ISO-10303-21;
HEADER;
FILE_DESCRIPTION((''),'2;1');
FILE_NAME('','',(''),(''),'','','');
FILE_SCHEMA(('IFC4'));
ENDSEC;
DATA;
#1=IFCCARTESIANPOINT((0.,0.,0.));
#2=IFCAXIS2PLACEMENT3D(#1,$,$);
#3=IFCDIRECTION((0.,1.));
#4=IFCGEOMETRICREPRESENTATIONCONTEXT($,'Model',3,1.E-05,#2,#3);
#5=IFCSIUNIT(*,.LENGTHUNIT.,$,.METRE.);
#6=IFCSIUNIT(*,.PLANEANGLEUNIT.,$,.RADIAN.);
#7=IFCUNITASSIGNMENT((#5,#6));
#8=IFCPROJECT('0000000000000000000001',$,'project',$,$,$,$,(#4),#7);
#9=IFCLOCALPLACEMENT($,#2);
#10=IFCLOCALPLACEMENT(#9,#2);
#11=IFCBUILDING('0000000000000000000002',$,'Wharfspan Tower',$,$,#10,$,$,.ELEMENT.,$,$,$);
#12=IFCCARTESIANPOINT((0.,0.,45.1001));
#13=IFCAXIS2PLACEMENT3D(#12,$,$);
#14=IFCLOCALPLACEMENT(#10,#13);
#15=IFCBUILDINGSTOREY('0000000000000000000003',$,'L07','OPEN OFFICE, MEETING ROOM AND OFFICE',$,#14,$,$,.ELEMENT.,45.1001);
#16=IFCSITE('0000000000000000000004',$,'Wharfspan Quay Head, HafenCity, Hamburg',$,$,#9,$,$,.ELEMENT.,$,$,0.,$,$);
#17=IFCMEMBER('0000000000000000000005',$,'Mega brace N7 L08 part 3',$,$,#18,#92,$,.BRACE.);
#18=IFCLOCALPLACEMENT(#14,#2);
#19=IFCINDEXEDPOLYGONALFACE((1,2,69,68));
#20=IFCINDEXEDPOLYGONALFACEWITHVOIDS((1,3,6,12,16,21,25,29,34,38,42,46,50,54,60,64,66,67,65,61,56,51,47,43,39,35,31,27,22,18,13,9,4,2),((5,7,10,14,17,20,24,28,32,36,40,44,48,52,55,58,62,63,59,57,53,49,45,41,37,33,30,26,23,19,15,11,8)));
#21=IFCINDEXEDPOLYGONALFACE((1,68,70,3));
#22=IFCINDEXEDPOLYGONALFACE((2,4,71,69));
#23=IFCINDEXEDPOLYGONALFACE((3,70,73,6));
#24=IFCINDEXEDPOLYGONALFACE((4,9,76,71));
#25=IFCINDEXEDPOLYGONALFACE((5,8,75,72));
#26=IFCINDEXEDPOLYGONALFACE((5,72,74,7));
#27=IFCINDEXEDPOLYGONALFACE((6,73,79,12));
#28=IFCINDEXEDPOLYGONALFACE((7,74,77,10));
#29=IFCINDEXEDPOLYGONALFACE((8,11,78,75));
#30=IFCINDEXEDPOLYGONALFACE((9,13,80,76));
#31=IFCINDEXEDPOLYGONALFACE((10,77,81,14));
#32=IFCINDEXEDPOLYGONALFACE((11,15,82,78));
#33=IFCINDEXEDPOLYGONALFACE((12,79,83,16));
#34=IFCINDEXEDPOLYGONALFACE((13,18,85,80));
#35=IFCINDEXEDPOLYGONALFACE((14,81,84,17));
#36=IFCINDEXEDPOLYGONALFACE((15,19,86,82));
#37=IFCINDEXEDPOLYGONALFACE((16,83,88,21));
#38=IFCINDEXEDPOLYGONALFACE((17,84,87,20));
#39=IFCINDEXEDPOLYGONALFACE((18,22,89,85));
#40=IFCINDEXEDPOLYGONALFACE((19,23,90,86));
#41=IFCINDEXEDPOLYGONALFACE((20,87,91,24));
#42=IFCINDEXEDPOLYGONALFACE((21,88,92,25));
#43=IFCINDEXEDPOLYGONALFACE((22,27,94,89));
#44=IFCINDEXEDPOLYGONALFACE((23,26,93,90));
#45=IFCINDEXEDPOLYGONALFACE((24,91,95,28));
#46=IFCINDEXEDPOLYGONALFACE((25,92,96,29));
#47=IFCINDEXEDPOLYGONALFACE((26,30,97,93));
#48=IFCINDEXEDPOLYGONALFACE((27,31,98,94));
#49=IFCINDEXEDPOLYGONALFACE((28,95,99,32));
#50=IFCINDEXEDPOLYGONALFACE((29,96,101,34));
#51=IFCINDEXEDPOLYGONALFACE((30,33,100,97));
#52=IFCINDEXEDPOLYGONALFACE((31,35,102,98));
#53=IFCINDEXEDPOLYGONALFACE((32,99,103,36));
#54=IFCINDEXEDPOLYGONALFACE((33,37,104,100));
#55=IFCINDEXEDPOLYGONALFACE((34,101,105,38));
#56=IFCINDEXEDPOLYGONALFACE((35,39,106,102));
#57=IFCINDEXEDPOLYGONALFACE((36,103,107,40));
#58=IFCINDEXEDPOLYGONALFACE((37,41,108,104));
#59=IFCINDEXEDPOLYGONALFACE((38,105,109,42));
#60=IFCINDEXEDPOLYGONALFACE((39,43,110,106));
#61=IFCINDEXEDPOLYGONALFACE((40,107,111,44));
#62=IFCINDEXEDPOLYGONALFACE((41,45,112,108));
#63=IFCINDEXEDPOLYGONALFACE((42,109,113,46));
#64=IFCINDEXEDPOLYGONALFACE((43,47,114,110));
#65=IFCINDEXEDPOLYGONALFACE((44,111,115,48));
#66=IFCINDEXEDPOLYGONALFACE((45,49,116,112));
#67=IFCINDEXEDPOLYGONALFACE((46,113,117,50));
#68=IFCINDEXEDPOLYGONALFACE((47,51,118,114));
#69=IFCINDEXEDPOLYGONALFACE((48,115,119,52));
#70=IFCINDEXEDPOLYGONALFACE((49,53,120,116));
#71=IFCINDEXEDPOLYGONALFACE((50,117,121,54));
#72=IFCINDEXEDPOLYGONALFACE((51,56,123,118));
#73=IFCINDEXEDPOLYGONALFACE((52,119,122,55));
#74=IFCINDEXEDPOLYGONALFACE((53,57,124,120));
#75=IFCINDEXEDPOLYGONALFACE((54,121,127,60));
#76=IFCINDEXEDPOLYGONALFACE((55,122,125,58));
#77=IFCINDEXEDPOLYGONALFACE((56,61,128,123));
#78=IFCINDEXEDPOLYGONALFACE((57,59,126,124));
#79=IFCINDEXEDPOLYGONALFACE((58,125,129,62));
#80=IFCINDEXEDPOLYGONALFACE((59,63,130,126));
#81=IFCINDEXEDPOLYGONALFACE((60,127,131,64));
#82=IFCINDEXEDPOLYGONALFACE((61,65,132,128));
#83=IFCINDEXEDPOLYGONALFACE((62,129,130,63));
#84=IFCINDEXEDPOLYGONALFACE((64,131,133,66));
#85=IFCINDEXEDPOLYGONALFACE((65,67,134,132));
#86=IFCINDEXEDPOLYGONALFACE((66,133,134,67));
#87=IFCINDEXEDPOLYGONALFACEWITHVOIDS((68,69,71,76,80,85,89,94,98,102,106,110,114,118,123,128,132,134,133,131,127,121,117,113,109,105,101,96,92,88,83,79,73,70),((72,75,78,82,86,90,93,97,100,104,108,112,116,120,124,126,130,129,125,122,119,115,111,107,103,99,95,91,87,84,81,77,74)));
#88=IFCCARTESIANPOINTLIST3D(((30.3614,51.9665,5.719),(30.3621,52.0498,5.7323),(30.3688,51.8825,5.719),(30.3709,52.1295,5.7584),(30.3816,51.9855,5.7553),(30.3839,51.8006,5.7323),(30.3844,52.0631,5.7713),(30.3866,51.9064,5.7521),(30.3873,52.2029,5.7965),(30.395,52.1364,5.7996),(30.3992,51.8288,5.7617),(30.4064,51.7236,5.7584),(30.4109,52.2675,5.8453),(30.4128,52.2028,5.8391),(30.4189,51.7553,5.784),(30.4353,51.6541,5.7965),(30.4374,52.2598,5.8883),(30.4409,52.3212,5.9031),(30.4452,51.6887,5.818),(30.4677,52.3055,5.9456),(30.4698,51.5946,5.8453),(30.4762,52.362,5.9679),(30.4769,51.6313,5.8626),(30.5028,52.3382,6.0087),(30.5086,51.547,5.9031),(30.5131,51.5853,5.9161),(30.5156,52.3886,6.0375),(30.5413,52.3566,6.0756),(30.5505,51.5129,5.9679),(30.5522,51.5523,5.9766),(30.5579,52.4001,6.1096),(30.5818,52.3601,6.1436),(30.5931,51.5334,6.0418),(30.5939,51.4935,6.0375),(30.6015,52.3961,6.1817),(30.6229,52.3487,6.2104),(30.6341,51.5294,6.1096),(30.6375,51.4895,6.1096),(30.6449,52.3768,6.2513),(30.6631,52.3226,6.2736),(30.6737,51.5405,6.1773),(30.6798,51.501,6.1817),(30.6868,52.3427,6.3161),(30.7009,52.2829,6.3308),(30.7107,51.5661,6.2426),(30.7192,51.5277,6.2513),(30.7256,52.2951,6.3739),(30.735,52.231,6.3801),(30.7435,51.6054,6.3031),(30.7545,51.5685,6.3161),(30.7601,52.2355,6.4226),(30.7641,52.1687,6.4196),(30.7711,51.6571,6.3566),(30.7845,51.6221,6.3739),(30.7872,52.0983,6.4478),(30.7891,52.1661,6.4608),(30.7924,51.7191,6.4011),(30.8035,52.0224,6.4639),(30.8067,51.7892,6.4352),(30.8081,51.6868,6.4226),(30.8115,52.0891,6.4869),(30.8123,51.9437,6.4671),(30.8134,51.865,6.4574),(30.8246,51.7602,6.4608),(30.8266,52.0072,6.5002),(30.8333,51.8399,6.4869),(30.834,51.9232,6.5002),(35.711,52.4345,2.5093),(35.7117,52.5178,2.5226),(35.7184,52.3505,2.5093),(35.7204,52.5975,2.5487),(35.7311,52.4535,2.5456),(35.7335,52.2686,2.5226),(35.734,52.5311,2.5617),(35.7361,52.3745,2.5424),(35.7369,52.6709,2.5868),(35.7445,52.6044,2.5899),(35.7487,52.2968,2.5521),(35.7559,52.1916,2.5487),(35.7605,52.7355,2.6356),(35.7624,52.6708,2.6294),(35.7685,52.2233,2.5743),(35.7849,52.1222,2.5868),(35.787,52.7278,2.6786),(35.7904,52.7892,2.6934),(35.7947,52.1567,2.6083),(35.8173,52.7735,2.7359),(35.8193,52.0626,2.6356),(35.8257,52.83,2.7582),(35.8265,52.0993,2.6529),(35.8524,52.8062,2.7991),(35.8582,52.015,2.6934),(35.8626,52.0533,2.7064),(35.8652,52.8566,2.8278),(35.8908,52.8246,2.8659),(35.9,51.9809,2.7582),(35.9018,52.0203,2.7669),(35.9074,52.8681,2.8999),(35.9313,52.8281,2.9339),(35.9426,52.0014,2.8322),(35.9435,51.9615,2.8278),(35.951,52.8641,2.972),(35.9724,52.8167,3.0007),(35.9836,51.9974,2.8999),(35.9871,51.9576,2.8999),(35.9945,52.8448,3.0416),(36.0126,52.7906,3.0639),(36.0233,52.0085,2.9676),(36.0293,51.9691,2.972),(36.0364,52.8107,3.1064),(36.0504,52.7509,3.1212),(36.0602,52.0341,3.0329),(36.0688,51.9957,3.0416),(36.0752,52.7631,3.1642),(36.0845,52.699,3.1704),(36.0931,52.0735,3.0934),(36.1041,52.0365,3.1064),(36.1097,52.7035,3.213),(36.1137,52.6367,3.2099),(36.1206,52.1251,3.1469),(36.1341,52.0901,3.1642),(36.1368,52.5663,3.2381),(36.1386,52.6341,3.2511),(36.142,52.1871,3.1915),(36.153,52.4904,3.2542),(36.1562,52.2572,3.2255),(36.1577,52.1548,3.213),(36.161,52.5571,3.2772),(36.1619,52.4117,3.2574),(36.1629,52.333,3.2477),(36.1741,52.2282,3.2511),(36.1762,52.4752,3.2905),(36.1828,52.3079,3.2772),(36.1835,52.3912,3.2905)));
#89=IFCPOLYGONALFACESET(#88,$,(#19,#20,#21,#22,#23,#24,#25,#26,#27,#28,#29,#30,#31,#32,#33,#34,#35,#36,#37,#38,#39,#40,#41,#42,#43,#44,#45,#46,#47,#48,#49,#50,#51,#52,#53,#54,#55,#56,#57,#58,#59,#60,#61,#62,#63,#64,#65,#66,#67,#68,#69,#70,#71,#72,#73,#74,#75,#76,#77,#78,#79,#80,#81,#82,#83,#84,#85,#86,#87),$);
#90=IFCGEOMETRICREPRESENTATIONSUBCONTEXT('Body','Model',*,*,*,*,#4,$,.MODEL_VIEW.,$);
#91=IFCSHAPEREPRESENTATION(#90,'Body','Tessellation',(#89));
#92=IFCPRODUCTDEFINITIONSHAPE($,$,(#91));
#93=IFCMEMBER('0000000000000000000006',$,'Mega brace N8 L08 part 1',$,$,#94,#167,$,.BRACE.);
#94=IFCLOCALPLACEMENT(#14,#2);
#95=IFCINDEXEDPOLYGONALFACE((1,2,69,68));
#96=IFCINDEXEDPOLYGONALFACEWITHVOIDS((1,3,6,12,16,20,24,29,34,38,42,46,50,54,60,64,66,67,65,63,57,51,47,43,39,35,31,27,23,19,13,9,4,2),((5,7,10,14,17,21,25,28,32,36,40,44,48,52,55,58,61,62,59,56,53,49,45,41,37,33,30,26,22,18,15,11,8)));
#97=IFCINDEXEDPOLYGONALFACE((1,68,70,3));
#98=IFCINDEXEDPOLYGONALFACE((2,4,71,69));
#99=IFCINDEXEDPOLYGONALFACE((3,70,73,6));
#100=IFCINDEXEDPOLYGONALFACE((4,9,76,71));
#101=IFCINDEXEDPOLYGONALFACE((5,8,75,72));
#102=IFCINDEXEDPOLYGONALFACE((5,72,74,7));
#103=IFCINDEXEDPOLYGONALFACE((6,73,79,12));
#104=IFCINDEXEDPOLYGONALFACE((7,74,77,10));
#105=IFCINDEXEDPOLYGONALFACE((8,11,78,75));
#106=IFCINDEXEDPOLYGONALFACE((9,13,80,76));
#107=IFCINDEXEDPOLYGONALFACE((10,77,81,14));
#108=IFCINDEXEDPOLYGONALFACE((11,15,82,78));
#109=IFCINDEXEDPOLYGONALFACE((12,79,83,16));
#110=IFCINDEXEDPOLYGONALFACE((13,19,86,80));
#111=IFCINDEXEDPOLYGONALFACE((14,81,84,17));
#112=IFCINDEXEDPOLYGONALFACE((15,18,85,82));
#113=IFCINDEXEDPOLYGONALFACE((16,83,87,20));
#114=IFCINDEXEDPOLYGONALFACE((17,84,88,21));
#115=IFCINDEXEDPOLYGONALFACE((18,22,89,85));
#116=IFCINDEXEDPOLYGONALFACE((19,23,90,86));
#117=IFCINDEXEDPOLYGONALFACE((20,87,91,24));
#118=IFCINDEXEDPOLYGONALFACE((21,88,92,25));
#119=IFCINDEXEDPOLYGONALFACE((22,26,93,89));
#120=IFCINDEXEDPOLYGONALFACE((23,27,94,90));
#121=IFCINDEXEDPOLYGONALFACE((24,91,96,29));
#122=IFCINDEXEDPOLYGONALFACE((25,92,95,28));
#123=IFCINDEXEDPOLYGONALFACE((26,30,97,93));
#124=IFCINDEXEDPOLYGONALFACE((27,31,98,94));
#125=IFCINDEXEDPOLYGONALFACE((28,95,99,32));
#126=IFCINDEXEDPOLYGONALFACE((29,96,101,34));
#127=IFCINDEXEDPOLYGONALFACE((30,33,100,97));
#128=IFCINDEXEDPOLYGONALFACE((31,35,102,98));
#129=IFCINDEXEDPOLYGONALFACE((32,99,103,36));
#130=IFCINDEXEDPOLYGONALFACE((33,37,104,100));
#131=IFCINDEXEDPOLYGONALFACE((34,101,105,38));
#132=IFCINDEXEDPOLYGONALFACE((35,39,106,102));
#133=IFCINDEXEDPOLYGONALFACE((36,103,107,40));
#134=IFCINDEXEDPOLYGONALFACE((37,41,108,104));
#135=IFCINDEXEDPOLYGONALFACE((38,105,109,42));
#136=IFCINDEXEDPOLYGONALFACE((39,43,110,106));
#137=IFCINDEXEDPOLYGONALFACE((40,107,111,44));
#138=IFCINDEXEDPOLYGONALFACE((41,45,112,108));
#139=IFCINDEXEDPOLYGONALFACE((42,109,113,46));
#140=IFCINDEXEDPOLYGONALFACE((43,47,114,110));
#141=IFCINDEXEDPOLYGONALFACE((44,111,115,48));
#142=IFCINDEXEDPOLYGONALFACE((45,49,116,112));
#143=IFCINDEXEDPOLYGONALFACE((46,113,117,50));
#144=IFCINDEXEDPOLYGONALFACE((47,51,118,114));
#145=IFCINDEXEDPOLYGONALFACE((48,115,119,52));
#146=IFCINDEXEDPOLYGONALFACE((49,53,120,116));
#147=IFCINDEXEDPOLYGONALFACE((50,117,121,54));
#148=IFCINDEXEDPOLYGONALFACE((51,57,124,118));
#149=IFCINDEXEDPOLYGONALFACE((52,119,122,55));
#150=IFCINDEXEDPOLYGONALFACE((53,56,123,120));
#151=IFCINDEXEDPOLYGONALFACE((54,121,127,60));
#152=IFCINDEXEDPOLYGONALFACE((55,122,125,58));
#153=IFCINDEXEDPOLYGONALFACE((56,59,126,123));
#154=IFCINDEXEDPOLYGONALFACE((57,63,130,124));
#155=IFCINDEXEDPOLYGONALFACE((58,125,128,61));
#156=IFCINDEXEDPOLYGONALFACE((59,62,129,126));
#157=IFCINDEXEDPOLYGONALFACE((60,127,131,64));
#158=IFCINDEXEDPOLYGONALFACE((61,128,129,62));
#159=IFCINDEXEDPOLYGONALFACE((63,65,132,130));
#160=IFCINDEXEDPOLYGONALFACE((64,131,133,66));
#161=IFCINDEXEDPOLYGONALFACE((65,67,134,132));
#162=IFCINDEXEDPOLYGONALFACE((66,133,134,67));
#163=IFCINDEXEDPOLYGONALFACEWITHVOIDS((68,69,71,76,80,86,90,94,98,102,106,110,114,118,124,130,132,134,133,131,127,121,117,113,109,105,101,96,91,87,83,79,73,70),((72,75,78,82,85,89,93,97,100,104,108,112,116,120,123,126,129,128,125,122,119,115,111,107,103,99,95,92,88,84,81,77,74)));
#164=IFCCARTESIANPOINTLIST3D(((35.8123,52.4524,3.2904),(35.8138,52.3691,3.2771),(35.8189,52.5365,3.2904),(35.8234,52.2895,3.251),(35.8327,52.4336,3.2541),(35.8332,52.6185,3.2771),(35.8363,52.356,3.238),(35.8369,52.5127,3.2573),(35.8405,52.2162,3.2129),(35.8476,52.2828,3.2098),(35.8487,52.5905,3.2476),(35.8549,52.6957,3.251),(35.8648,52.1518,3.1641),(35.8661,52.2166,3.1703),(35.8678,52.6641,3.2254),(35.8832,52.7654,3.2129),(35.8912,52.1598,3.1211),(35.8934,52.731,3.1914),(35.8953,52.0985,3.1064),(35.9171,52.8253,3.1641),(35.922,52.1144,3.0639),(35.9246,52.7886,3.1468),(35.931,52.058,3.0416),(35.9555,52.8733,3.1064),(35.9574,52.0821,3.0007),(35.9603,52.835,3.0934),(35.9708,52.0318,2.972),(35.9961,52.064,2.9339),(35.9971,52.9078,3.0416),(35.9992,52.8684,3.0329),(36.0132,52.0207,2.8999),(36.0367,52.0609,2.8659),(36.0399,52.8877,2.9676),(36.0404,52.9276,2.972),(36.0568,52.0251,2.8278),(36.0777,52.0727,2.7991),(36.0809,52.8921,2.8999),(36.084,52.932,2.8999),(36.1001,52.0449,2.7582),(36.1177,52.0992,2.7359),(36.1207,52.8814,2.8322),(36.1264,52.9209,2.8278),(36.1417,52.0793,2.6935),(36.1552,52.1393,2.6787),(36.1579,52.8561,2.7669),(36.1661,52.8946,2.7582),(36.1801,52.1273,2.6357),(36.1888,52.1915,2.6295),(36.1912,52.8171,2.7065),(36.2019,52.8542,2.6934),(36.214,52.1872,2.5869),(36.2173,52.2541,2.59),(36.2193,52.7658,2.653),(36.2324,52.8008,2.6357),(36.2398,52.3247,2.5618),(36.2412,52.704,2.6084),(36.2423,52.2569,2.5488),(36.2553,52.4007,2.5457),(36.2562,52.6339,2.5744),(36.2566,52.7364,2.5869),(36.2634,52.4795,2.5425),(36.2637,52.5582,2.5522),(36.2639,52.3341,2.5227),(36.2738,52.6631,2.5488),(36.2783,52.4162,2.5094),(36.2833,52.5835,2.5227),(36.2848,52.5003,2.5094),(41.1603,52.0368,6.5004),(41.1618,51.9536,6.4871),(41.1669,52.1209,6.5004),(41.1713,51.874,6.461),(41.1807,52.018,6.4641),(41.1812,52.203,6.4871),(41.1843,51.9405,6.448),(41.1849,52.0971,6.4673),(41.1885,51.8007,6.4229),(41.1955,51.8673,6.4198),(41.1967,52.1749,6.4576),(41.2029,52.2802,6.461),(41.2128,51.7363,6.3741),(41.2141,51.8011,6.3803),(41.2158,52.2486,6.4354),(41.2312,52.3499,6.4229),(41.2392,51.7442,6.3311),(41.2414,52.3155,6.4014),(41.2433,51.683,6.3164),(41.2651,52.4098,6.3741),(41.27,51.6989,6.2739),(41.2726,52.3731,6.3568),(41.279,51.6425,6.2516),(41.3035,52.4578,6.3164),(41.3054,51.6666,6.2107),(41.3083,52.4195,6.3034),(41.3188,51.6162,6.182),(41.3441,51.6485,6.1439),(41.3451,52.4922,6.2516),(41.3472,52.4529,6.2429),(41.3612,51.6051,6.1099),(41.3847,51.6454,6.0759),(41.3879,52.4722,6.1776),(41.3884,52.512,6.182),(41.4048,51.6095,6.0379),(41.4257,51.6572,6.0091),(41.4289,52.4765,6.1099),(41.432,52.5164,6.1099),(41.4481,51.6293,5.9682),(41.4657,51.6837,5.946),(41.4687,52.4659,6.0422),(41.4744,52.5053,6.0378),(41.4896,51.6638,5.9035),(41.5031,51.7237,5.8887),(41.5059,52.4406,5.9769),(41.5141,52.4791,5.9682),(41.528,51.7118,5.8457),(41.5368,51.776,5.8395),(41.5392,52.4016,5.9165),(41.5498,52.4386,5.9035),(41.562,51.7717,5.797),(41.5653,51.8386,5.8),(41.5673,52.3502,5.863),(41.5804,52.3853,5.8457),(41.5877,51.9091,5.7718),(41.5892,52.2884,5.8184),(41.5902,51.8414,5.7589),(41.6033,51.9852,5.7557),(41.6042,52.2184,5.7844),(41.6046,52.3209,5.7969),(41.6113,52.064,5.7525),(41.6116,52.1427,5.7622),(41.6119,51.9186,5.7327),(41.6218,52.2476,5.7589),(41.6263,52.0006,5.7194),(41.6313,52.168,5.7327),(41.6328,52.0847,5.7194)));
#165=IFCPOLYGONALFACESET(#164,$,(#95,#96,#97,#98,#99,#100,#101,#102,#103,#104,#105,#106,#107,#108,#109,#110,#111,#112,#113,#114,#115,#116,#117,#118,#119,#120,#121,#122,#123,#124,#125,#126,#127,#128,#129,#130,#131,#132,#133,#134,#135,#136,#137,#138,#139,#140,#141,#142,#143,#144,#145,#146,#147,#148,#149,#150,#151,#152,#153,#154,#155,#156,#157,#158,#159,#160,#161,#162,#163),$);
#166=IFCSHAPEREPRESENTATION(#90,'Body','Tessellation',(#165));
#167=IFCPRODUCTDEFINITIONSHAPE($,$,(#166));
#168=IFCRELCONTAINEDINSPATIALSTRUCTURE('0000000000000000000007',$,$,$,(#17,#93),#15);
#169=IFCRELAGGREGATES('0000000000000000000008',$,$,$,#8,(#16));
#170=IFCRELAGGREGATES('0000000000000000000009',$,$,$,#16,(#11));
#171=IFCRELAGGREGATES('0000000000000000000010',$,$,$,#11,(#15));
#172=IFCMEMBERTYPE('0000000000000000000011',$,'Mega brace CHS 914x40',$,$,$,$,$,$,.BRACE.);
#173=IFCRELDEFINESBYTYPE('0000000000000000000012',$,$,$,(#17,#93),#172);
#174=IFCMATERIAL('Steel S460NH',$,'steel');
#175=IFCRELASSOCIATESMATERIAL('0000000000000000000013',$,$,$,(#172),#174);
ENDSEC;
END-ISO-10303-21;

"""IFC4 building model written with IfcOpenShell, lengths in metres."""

from ifc_helpers import new_model, si_unit, direction, frame, origin, origin_2d, place, context, subcontext, project, spatial, hollow_circle, extrude, material, material_profile, profile_set, type_object, element, save


model = new_model("IFC4")

# Units and contexts
model_context = context("Model", 3, precision=1e-05, world=origin(), true_north=direction((0.0, 1.0)))
body_context = subcontext(model_context, "Body", "Model", "MODEL_VIEW")
ifc_project = project(units=[si_unit("LENGTHUNIT", "METRE"), si_unit("PLANEANGLEUNIT", "RADIAN")], contexts=[model_context])

# Site, building, storey
site_placement = place(None, origin())
site = spatial("IfcSite", under=ifc_project, at=site_placement, Name="Wharfspan Quay Head, HafenCity, Hamburg", CompositionType="ELEMENT", RefElevation=0.0)
building_placement = place(site_placement, origin())
building = spatial("IfcBuilding", under=site, at=building_placement, Name="Wharfspan Tower", CompositionType="ELEMENT")
storey_placement = place(building_placement, frame((0.0, 0.0, 45.1001)))
storey = spatial("IfcBuildingStorey", under=building, at=storey_placement, Name="L07", Description="OPEN OFFICE, MEETING ROOM AND OFFICE", CompositionType="ELEMENT", Elevation=45.1001)

# Members
ifc_material_1 = material(Name="Steel S460NH", Category="steel")
ifc_material_profile_1 = material_profile(ifc_material_1, hollow_circle(Radius=0.457, WallThickness=0.04, at=origin_2d()))
ifc_profile_set_1 = profile_set([ifc_material_profile_1], Name="Steel S460NH")
member_type_1 = type_object("IfcMemberType", Name="Mega brace CHS 914x40", PredefinedType="BRACE", material=ifc_profile_set_1)
for number, where, z_axis, x_axis, name in (
    (1, (35.9473, 52.4128, 2.8999), (-0.855094, -0.074809, 0.513048), (0.087154, -0.996195, 0.000001), "Mega brace N7 L08 part 3"),
):
    element("IfcMember", number, at=place(storey_placement, frame(where, z_axis=z_axis, x_axis=x_axis)), inside=storey, type_object=member_type_1, Name=name, PredefinedType="BRACE", context=body_context, shape_type="SweptSolid", body=[
        extrude(hollow_circle(Radius=0.457, WallThickness=0.04, at=origin_2d()), origin(), (0.0, 0.0, 1.0), 6.2561),
    ])
member_placement = place(storey_placement, frame((36.0486, 52.4763, 2.8999), z_axis=(0.85551, -0.066472, 0.513501), x_axis=(0.077467, 0.996995, -0.000003)))
element("IfcMember", 2, at=member_placement, inside=storey, type_object=member_type_1, Name="Mega brace N8 L08 part 1", PredefinedType="BRACE", context=body_context, shape_type="SweptSolid", body=[
    extrude(hollow_circle(Radius=0.457, WallThickness=0.04, at=origin_2d()), origin(), (0.0, 0.0, 1.0), 6.2512),
])

save(model, "model.ifc")
